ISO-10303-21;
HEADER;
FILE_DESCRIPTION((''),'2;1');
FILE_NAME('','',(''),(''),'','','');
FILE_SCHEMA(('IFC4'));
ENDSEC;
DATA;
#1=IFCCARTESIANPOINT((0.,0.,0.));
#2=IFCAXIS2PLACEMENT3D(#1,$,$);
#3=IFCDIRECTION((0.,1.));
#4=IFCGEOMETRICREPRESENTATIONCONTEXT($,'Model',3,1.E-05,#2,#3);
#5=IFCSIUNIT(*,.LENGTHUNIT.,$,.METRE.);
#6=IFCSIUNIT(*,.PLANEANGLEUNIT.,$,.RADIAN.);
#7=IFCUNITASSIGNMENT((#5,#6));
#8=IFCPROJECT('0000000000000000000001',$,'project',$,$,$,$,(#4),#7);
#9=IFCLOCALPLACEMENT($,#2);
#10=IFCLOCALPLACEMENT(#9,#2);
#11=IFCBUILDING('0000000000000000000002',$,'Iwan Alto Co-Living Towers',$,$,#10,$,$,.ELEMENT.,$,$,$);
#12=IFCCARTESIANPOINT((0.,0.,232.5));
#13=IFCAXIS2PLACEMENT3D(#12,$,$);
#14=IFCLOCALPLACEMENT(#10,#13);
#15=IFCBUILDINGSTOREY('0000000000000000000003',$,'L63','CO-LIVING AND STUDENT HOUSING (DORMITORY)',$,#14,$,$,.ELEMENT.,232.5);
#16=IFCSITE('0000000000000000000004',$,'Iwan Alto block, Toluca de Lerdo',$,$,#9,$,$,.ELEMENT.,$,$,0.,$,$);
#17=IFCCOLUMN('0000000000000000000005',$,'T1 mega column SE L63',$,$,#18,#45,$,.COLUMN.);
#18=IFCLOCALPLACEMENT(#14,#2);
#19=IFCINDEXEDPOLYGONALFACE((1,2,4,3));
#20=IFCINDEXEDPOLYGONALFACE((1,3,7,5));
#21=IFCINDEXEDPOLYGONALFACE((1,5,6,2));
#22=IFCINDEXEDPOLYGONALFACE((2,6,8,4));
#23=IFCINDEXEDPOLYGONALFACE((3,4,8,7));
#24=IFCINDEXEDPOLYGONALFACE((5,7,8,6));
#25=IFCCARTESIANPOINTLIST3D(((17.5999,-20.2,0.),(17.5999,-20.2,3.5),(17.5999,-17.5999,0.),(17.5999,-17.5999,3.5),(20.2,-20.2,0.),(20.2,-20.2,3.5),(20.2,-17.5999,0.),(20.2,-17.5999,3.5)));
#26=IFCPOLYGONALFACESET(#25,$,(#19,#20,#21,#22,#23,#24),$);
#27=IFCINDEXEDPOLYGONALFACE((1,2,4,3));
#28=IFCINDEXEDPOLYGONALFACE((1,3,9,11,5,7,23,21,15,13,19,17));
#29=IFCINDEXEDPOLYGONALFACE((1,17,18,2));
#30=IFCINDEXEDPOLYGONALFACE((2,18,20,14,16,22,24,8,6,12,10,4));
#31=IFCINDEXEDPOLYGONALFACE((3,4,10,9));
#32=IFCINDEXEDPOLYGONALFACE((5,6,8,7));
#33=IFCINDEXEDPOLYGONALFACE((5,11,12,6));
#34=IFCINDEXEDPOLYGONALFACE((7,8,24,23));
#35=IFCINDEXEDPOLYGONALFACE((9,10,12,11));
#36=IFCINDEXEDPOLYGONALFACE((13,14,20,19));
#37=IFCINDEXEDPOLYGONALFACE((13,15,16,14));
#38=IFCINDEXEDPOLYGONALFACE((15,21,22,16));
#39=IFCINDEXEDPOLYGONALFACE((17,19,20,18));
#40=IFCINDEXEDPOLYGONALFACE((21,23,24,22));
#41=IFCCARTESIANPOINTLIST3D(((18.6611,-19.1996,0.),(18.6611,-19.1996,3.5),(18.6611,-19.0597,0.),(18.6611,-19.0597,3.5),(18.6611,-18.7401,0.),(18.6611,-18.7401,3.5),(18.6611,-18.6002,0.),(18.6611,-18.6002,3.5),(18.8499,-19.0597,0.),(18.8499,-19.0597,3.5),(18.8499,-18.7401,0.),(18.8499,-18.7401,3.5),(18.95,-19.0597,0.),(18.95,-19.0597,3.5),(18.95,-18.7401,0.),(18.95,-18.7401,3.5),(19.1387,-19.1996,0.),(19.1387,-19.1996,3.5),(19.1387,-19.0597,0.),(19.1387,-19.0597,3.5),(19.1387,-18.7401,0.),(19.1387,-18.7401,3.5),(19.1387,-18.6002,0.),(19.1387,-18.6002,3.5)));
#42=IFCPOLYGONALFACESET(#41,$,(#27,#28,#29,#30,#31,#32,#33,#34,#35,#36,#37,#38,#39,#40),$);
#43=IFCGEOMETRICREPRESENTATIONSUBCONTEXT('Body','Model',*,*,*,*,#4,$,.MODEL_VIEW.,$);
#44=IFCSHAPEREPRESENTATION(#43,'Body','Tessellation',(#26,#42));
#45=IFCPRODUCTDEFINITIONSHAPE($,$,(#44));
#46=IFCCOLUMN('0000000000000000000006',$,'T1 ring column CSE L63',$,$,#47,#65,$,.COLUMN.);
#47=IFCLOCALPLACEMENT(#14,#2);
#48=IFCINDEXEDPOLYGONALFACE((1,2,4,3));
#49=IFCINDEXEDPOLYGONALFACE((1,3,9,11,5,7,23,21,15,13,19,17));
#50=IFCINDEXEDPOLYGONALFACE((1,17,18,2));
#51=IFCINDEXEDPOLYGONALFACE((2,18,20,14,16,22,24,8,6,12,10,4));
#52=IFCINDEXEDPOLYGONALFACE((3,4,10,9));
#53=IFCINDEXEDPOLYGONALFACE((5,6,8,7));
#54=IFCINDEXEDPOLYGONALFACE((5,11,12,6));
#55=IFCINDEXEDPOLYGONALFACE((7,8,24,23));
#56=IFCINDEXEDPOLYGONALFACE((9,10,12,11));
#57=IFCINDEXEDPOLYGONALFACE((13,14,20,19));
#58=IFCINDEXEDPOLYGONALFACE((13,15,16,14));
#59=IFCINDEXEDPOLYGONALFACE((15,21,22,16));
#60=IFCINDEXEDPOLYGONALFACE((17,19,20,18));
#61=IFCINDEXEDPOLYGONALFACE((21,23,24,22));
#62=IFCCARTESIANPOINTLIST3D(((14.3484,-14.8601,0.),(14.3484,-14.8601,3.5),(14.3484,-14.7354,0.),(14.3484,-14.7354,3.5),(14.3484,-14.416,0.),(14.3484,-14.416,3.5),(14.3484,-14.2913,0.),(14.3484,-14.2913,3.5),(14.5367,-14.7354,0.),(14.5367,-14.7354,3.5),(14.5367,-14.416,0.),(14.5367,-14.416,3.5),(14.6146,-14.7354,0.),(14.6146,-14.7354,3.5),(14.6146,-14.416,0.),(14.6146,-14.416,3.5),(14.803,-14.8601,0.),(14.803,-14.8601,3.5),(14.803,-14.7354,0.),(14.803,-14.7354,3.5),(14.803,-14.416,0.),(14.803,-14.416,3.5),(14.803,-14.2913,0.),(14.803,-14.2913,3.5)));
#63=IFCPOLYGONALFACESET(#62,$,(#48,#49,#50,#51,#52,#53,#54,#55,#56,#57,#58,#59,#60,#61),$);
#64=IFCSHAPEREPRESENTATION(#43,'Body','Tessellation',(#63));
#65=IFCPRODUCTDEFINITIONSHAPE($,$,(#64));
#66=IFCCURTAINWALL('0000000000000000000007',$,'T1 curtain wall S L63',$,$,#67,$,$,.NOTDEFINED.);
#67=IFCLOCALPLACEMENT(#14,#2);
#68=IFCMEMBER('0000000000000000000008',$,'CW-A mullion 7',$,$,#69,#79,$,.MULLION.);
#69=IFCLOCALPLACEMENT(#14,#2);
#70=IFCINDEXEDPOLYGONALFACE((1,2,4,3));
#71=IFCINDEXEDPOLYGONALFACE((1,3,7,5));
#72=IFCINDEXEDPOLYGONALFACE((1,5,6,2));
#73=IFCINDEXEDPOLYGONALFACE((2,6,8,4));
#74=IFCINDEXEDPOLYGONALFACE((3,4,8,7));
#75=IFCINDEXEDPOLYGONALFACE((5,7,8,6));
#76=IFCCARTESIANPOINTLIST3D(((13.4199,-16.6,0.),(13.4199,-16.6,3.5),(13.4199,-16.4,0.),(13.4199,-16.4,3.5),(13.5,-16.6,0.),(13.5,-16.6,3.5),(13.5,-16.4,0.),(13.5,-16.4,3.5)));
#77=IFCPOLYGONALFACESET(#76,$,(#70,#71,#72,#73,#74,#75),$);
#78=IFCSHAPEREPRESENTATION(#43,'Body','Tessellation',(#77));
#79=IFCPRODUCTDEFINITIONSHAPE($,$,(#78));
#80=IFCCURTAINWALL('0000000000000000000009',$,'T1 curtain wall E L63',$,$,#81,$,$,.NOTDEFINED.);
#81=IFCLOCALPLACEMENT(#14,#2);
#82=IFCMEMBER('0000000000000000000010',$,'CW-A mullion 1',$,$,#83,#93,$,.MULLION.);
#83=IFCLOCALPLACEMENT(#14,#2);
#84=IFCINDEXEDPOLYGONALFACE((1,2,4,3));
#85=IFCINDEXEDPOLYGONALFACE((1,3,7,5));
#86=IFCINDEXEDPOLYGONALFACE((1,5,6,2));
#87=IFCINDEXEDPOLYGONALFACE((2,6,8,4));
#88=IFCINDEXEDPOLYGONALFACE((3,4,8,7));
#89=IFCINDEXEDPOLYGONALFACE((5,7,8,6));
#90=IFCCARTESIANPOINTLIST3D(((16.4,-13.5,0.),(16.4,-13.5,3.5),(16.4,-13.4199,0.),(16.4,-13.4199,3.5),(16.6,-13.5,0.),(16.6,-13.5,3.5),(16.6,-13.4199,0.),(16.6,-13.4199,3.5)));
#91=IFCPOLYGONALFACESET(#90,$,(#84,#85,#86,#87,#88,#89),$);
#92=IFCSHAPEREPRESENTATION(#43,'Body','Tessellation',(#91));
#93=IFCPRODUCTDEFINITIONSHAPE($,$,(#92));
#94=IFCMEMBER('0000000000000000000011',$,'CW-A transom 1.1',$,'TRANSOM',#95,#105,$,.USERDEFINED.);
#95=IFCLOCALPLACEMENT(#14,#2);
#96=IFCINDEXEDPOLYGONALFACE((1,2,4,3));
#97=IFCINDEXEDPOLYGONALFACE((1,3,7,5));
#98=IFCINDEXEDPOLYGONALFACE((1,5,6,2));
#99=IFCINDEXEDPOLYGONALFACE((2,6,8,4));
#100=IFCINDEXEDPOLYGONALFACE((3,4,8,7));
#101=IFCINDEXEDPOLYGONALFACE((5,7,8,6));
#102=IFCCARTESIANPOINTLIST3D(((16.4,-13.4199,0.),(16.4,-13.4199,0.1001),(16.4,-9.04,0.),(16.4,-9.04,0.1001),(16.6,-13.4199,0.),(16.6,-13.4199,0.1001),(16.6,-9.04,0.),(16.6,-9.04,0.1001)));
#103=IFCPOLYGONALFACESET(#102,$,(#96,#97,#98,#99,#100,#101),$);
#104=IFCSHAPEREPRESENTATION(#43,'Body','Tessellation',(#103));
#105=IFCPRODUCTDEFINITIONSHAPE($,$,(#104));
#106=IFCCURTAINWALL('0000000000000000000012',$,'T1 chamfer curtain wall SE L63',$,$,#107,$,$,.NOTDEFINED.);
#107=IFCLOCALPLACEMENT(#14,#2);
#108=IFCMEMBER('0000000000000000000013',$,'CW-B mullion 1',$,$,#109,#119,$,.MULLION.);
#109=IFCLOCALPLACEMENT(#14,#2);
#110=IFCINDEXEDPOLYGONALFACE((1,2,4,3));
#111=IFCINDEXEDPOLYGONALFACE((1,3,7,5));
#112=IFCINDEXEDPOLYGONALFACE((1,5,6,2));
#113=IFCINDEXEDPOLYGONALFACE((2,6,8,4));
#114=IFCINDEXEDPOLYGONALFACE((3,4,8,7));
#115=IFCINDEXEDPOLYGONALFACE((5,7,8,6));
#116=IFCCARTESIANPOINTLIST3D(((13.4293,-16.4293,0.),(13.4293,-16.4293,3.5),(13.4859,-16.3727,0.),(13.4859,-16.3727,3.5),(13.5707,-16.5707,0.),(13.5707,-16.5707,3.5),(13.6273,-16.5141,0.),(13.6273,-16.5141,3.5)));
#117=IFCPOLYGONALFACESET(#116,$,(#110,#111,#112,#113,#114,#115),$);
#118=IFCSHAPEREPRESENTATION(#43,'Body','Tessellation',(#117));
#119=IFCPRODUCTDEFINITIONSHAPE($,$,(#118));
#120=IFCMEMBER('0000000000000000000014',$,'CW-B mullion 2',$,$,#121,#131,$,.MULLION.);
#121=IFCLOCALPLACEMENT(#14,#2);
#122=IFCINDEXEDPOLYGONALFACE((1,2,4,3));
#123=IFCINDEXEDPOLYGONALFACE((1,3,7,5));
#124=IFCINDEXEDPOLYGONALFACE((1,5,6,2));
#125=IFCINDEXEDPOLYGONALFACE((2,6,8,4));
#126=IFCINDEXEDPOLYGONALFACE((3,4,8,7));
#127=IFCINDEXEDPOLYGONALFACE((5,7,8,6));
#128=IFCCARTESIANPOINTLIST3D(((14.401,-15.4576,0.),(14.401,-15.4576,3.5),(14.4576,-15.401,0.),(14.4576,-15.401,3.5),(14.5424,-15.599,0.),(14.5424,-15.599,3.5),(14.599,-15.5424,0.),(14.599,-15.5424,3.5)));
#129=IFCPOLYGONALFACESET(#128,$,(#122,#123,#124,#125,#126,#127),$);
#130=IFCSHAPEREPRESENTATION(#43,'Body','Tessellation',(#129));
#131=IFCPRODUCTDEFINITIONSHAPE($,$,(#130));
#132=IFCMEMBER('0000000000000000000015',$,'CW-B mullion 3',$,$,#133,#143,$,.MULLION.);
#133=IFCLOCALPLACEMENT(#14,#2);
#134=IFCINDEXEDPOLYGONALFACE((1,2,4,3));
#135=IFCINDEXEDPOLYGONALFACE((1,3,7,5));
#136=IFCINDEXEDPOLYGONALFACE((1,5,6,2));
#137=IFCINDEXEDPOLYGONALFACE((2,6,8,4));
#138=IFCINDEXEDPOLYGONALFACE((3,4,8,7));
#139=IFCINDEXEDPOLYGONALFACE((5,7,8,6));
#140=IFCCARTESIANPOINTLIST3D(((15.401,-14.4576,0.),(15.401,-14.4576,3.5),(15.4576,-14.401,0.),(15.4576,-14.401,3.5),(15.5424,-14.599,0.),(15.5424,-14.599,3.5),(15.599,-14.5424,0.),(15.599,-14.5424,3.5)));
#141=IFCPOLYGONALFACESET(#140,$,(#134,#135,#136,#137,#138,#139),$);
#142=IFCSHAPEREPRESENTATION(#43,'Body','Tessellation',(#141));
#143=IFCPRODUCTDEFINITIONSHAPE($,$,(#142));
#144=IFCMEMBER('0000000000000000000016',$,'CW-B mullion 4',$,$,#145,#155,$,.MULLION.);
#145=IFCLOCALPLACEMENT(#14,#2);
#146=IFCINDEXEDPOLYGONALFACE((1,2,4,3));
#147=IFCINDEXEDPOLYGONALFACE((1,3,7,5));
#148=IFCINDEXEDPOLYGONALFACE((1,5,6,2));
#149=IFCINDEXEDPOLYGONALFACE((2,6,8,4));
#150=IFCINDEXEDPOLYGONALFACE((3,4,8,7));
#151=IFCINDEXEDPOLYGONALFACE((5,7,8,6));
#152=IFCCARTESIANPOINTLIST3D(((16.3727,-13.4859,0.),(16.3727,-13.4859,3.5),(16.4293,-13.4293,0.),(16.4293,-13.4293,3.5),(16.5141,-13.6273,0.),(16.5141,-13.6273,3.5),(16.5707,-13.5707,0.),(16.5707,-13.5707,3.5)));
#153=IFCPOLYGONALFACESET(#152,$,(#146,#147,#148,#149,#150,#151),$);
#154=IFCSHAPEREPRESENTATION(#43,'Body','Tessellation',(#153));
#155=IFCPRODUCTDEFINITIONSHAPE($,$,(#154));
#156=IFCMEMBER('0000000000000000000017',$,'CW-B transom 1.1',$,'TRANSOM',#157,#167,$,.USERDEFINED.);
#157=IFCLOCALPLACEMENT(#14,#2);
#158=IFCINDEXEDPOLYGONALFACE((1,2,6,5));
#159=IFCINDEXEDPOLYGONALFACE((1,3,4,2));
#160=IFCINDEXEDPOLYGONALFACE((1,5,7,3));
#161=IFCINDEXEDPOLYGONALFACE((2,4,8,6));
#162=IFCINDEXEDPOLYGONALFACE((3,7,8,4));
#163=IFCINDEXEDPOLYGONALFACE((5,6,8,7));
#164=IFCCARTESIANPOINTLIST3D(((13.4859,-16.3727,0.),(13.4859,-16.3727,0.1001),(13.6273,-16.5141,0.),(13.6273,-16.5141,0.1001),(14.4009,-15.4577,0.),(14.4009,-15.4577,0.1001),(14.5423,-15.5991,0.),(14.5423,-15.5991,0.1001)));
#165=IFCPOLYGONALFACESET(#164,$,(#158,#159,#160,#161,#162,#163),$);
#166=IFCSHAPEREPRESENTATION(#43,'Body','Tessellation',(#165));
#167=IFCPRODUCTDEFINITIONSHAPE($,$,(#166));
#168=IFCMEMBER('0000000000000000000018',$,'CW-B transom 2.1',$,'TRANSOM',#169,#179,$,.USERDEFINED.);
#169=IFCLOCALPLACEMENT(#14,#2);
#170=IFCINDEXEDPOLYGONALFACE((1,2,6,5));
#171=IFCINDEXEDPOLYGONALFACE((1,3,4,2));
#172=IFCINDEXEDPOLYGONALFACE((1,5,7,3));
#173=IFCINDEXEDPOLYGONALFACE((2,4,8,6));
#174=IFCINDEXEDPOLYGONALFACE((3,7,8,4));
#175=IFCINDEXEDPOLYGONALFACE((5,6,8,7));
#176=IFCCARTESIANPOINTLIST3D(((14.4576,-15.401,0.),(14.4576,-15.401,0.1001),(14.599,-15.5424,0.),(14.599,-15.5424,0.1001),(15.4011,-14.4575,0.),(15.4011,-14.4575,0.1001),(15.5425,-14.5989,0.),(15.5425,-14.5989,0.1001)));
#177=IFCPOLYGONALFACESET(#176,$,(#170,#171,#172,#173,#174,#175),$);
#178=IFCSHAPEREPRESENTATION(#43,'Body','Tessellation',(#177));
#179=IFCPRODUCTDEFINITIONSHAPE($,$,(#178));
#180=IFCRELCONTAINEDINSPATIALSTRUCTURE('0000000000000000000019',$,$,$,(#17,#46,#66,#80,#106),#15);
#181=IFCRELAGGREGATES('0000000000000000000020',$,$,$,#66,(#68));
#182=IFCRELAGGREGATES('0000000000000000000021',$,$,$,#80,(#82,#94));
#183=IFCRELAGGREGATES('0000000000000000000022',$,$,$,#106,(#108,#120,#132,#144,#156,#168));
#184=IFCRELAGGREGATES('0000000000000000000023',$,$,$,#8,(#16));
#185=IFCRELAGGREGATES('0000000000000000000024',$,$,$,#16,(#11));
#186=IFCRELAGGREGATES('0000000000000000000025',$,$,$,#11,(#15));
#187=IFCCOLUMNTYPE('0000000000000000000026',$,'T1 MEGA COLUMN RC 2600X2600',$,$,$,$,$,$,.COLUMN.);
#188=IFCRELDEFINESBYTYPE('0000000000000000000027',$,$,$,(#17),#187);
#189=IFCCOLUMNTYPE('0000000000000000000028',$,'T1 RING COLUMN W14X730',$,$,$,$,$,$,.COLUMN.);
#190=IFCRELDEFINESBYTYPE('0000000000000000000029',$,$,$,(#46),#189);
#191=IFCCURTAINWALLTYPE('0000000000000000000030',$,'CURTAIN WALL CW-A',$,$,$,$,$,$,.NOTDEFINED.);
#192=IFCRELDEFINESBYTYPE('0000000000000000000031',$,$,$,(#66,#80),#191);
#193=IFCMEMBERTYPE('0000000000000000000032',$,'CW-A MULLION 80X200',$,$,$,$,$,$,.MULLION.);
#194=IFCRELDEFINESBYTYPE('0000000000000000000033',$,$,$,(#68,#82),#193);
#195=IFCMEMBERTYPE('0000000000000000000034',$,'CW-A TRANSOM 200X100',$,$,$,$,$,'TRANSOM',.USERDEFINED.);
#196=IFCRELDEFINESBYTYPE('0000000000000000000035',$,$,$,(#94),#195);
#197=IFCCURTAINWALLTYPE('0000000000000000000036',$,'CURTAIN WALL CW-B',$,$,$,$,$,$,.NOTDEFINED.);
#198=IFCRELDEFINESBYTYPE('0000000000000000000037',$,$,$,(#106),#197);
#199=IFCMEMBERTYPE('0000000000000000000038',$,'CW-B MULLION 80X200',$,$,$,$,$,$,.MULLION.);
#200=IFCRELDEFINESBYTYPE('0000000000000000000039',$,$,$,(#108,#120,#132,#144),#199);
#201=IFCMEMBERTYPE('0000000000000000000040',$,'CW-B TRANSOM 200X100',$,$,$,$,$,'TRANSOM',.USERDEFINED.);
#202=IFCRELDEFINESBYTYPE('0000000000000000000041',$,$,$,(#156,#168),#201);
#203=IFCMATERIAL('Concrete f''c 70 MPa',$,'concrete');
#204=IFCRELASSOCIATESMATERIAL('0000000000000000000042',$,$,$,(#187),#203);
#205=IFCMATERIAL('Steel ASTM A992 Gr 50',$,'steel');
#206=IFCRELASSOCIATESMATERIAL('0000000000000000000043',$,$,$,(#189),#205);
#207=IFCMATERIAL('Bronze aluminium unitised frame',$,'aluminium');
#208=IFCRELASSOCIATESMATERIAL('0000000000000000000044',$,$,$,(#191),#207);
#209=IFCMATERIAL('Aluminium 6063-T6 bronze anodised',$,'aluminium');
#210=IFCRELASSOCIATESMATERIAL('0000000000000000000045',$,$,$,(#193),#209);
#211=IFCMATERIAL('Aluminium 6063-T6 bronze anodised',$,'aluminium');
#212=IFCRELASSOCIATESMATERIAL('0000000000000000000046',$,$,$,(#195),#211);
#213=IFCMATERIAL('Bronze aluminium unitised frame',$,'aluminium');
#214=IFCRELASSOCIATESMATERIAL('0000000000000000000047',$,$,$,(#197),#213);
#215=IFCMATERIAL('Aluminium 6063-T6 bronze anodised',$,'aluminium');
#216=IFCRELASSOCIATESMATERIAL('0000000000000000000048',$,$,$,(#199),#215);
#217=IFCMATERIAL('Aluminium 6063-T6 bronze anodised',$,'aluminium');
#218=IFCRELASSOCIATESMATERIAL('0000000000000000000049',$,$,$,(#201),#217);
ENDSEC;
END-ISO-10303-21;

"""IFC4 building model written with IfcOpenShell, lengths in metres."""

from ifc_helpers import new_model, si_unit, direction, frame, origin, origin_2d, place, context, subcontext, project, spatial, rectangle, i_section, extrude, material, material_profile, profile_set, type_object, element, aggregate, save


model = new_model("IFC4")

# Units and contexts
model_context = context("Model", 3, precision=1e-05, world=origin(), true_north=direction((0.0, 1.0)))
body_context = subcontext(model_context, "Body", "Model", "MODEL_VIEW")
ifc_project = project(units=[si_unit("LENGTHUNIT", "METRE"), si_unit("PLANEANGLEUNIT", "RADIAN")], contexts=[model_context])

# Site, building, storey
site_placement = place(None, origin())
site = spatial("IfcSite", under=ifc_project, at=site_placement, Name="Iwan Alto block, Toluca de Lerdo", CompositionType="ELEMENT", RefElevation=0.0)
building_placement = place(site_placement, origin())
building = spatial("IfcBuilding", under=site, at=building_placement, Name="Iwan Alto Co-Living Towers", CompositionType="ELEMENT")
storey_placement = place(building_placement, frame((0.0, 0.0, 232.5)))
storey = spatial("IfcBuildingStorey", under=building, at=storey_placement, Name="L63", Description="CO-LIVING AND STUDENT HOUSING (DORMITORY)", CompositionType="ELEMENT", Elevation=232.5)

# Columns
ifc_material_1 = material(Name="Concrete f'c 70 MPa", Category="concrete")
ifc_material_profile_1 = material_profile(ifc_material_1, rectangle(XDim=2.6001, YDim=2.6001, at=origin_2d()), Name="RC 2600X2600")
ifc_profile_set_1 = profile_set([ifc_material_profile_1], Name="Concrete f'c 70 MPa")
column_type_1 = type_object("IfcColumnType", Name="T1 MEGA COLUMN RC 2600X2600", PredefinedType="COLUMN", material=ifc_profile_set_1)
column_1_placement = place(storey_placement, frame((18.8999, -18.8999, 0.0), z_axis=(0.0, 0.0, 1.0), x_axis=(1.0, 0.0, 0.0)))
element("IfcColumn", 1, at=column_1_placement, inside=storey, type_object=column_type_1, Name="T1 mega column SE L63", PredefinedType="COLUMN", context=body_context, shape_type="SweptSolid", body=[
    extrude(rectangle(XDim=2.6001, YDim=2.6001, at=origin_2d()), origin(), (0.0, 0.0, 1.0), 3.5),
    extrude(i_section(OverallWidth=0.4775, OverallDepth=0.5994, WebThickness=0.1001, FlangeThickness=0.1399, at=origin_2d()), origin(), (0.0, 0.0, 1.0), 3.5),
])
ifc_material_2 = material(Name="Steel ASTM A992 Gr 50", Category="steel")
ifc_material_profile_2 = material_profile(ifc_material_2, i_section(OverallWidth=0.4546, OverallDepth=0.5688, WebThickness=0.0779, FlangeThickness=0.1248, at=origin_2d()), Name="W14X730")
ifc_profile_set_2 = profile_set([ifc_material_profile_2], Name="Steel ASTM A992 Gr 50")
column_type_2 = type_object("IfcColumnType", Name="T1 RING COLUMN W14X730", PredefinedType="COLUMN", material=ifc_profile_set_2)
column_2_placement = place(storey_placement, frame((14.5757, -14.5757, 0.0), z_axis=(0.0, 0.0, 1.0), x_axis=(1.0, 0.0, 0.0)))
element("IfcColumn", 2, at=column_2_placement, inside=storey, type_object=column_type_2, Name="T1 ring column CSE L63", PredefinedType="COLUMN", context=body_context, shape_type="SweptSolid", body=[
    extrude(i_section(OverallWidth=0.4546, OverallDepth=0.5688, WebThickness=0.0779, FlangeThickness=0.1248, at=origin_2d()), origin(), (0.0, 0.0, 1.0), 3.5),
])

# Curtain wall, member
ifc_material_3 = material(Name="Bronze aluminium unitised frame", Category="aluminium")
curtain_wall_type_1 = type_object("IfcCurtainWallType", Name="CURTAIN WALL CW-A", PredefinedType="NOTDEFINED", material=ifc_material_3)
curtain_wall_1_placement = place(storey_placement, origin())
curtain_wall_1 = element("IfcCurtainWall", 3, at=curtain_wall_1_placement, inside=storey, type_object=curtain_wall_type_1, Name="T1 curtain wall S L63", PredefinedType="NOTDEFINED")
ifc_material_4 = material(Name="Aluminium 6063-T6 bronze anodised", Category="aluminium")
ifc_material_profile_3 = material_profile(ifc_material_4, rectangle(XDim=0.2, YDim=0.0801, at=origin_2d()), Name="AL 80X200")
ifc_profile_set_3 = profile_set([ifc_material_profile_3], Name="Aluminium 6063-T6 bronze anodised")
member_type_1 = type_object("IfcMemberType", Name="CW-A MULLION 80X200", PredefinedType="MULLION", material=ifc_profile_set_3)
member_1_placement = place(storey_placement, frame((13.46, -16.5, 0.0), z_axis=(0.0, 0.0, 1.0), x_axis=(0.0, 1.0, 0.0)))
member_1 = element("IfcMember", 4, at=member_1_placement, type_object=member_type_1, Name="CW-A mullion 7", PredefinedType="MULLION", context=body_context, shape_type="SweptSolid", body=[
    extrude(rectangle(XDim=0.2, YDim=0.0801, at=origin_2d()), origin(), (0.0, 0.0, 1.0), 3.5),
])
aggregate(curtain_wall_1, [member_1])

# Curtain walls, members
curtain_wall_2_placement = place(storey_placement, origin())
curtain_wall_2 = element("IfcCurtainWall", 5, at=curtain_wall_2_placement, inside=storey, type_object=curtain_wall_type_1, Name="T1 curtain wall E L63", PredefinedType="NOTDEFINED")
member_2_placement = place(storey_placement, frame((16.5, -13.46, 0.0), z_axis=(0.0, 0.0, 1.0), x_axis=(-1.0, 0.0, 0.0)))
member_2 = element("IfcMember", 6, at=member_2_placement, type_object=member_type_1, Name="CW-A mullion 1", PredefinedType="MULLION", context=body_context, shape_type="SweptSolid", body=[
    extrude(rectangle(XDim=0.2, YDim=0.0801, at=origin_2d()), origin(), (0.0, 0.0, 1.0), 3.5),
])
ifc_material_5 = material(Name="Aluminium 6063-T6 bronze anodised", Category="aluminium")
ifc_material_profile_4 = material_profile(ifc_material_5, rectangle(XDim=0.2, YDim=0.1001, at=origin_2d()), Name="AL 200X100")
ifc_profile_set_4 = profile_set([ifc_material_profile_4], Name="Aluminium 6063-T6 bronze anodised")
member_type_2 = type_object("IfcMemberType", Name="CW-A TRANSOM 200X100", ElementType="TRANSOM", PredefinedType="USERDEFINED", material=ifc_profile_set_4)
member_3_placement = place(storey_placement, frame((16.5, -13.4199, 0.05), z_axis=(0.0, 1.0, 0.0), x_axis=(-1.0, 0.0, 0.0)))
member_3 = element("IfcMember", 7, at=member_3_placement, type_object=member_type_2, Name="CW-A transom 1.1", ObjectType="TRANSOM", PredefinedType="USERDEFINED", context=body_context, shape_type="SweptSolid", body=[
    extrude(rectangle(XDim=0.2, YDim=0.1001, at=origin_2d()), origin(), (0.0, 0.0, 1.0), 4.3799),
])
aggregate(curtain_wall_2, [member_2, member_3])
ifc_material_6 = material(Name="Bronze aluminium unitised frame", Category="aluminium")
curtain_wall_type_2 = type_object("IfcCurtainWallType", Name="CURTAIN WALL CW-B", PredefinedType="NOTDEFINED", material=ifc_material_6)
curtain_wall_3_placement = place(storey_placement, origin())
curtain_wall_3 = element("IfcCurtainWall", 8, at=curtain_wall_3_placement, inside=storey, type_object=curtain_wall_type_2, Name="T1 chamfer curtain wall SE L63", PredefinedType="NOTDEFINED")
ifc_material_7 = material(Name="Aluminium 6063-T6 bronze anodised", Category="aluminium")
ifc_material_profile_5 = material_profile(ifc_material_7, rectangle(XDim=0.2, YDim=0.0801, at=origin_2d()), Name="AL 80X200")
ifc_profile_set_5 = profile_set([ifc_material_profile_5], Name="Aluminium 6063-T6 bronze anodised")
member_type_3 = type_object("IfcMemberType", Name="CW-B MULLION 80X200", PredefinedType="MULLION", material=ifc_profile_set_5)
member_4_placement = place(storey_placement, frame((13.5283, -16.4717, 0.0), z_axis=(0.0, 0.0, 1.0), x_axis=(-0.707107, 0.707107, 0.0)))
member_4 = element("IfcMember", 9, at=member_4_placement, type_object=member_type_3, Name="CW-B mullion 1", PredefinedType="MULLION", context=body_context, shape_type="SweptSolid", body=[
    extrude(rectangle(XDim=0.2, YDim=0.0801, at=origin_2d()), origin(), (0.0, 0.0, 1.0), 3.5),
])
member_5_placement = place(storey_placement, frame((14.5, -15.5, 0.0), z_axis=(0.0, 0.0, 1.0), x_axis=(-0.707107, 0.707107, 0.0)))
member_5 = element("IfcMember", 10, at=member_5_placement, type_object=member_type_3, Name="CW-B mullion 2", PredefinedType="MULLION", context=body_context, shape_type="SweptSolid", body=[
    extrude(rectangle(XDim=0.2, YDim=0.0801, at=origin_2d()), origin(), (0.0, 0.0, 1.0), 3.5),
])
member_6_placement = place(storey_placement, frame((15.5, -14.5, 0.0), z_axis=(0.0, 0.0, 1.0), x_axis=(-0.707107, 0.707107, 0.0)))
member_6 = element("IfcMember", 11, at=member_6_placement, type_object=member_type_3, Name="CW-B mullion 3", PredefinedType="MULLION", context=body_context, shape_type="SweptSolid", body=[
    extrude(rectangle(XDim=0.2, YDim=0.0801, at=origin_2d()), origin(), (0.0, 0.0, 1.0), 3.5),
])
member_7_placement = place(storey_placement, frame((16.4717, -13.5283, 0.0), z_axis=(0.0, 0.0, 1.0), x_axis=(-0.707107, 0.707107, 0.0)))
member_7 = element("IfcMember", 12, at=member_7_placement, type_object=member_type_3, Name="CW-B mullion 4", PredefinedType="MULLION", context=body_context, shape_type="SweptSolid", body=[
    extrude(rectangle(XDim=0.2, YDim=0.0801, at=origin_2d()), origin(), (0.0, 0.0, 1.0), 3.5),
])
ifc_material_8 = material(Name="Aluminium 6063-T6 bronze anodised", Category="aluminium")
ifc_material_profile_6 = material_profile(ifc_material_8, rectangle(XDim=0.2, YDim=0.1001, at=origin_2d()), Name="AL 200X100")
ifc_profile_set_6 = profile_set([ifc_material_profile_6], Name="Aluminium 6063-T6 bronze anodised")
member_type_4 = type_object("IfcMemberType", Name="CW-B TRANSOM 200X100", ElementType="TRANSOM", PredefinedType="USERDEFINED", material=ifc_profile_set_6)
member_8_placement = place(storey_placement, frame((13.5566, -16.4434, 0.05), z_axis=(0.707107, 0.707107, 0.0), x_axis=(-0.707107, 0.707107, 0.0)))
member_8 = element("IfcMember", 13, at=member_8_placement, type_object=member_type_4, Name="CW-B transom 1.1", ObjectType="TRANSOM", PredefinedType="USERDEFINED", context=body_context, shape_type="SweptSolid", body=[
    extrude(rectangle(XDim=0.2, YDim=0.1001, at=origin_2d()), origin(), (0.0, 0.0, 1.0), 1.2939),
])
member_9_placement = place(storey_placement, frame((14.5283, -15.4717, 0.05), z_axis=(0.707107, 0.707107, 0.0), x_axis=(-0.707107, 0.707107, 0.0)))
member_9 = element("IfcMember", 14, at=member_9_placement, type_object=member_type_4, Name="CW-B transom 2.1", ObjectType="TRANSOM", PredefinedType="USERDEFINED", context=body_context, shape_type="SweptSolid", body=[
    extrude(rectangle(XDim=0.2, YDim=0.1001, at=origin_2d()), origin(), (0.0, 0.0, 1.0), 1.3342),
])

aggregate(curtain_wall_3, [member_4, member_5, member_6, member_7, member_8, member_9])

save(model, "model.ifc")
